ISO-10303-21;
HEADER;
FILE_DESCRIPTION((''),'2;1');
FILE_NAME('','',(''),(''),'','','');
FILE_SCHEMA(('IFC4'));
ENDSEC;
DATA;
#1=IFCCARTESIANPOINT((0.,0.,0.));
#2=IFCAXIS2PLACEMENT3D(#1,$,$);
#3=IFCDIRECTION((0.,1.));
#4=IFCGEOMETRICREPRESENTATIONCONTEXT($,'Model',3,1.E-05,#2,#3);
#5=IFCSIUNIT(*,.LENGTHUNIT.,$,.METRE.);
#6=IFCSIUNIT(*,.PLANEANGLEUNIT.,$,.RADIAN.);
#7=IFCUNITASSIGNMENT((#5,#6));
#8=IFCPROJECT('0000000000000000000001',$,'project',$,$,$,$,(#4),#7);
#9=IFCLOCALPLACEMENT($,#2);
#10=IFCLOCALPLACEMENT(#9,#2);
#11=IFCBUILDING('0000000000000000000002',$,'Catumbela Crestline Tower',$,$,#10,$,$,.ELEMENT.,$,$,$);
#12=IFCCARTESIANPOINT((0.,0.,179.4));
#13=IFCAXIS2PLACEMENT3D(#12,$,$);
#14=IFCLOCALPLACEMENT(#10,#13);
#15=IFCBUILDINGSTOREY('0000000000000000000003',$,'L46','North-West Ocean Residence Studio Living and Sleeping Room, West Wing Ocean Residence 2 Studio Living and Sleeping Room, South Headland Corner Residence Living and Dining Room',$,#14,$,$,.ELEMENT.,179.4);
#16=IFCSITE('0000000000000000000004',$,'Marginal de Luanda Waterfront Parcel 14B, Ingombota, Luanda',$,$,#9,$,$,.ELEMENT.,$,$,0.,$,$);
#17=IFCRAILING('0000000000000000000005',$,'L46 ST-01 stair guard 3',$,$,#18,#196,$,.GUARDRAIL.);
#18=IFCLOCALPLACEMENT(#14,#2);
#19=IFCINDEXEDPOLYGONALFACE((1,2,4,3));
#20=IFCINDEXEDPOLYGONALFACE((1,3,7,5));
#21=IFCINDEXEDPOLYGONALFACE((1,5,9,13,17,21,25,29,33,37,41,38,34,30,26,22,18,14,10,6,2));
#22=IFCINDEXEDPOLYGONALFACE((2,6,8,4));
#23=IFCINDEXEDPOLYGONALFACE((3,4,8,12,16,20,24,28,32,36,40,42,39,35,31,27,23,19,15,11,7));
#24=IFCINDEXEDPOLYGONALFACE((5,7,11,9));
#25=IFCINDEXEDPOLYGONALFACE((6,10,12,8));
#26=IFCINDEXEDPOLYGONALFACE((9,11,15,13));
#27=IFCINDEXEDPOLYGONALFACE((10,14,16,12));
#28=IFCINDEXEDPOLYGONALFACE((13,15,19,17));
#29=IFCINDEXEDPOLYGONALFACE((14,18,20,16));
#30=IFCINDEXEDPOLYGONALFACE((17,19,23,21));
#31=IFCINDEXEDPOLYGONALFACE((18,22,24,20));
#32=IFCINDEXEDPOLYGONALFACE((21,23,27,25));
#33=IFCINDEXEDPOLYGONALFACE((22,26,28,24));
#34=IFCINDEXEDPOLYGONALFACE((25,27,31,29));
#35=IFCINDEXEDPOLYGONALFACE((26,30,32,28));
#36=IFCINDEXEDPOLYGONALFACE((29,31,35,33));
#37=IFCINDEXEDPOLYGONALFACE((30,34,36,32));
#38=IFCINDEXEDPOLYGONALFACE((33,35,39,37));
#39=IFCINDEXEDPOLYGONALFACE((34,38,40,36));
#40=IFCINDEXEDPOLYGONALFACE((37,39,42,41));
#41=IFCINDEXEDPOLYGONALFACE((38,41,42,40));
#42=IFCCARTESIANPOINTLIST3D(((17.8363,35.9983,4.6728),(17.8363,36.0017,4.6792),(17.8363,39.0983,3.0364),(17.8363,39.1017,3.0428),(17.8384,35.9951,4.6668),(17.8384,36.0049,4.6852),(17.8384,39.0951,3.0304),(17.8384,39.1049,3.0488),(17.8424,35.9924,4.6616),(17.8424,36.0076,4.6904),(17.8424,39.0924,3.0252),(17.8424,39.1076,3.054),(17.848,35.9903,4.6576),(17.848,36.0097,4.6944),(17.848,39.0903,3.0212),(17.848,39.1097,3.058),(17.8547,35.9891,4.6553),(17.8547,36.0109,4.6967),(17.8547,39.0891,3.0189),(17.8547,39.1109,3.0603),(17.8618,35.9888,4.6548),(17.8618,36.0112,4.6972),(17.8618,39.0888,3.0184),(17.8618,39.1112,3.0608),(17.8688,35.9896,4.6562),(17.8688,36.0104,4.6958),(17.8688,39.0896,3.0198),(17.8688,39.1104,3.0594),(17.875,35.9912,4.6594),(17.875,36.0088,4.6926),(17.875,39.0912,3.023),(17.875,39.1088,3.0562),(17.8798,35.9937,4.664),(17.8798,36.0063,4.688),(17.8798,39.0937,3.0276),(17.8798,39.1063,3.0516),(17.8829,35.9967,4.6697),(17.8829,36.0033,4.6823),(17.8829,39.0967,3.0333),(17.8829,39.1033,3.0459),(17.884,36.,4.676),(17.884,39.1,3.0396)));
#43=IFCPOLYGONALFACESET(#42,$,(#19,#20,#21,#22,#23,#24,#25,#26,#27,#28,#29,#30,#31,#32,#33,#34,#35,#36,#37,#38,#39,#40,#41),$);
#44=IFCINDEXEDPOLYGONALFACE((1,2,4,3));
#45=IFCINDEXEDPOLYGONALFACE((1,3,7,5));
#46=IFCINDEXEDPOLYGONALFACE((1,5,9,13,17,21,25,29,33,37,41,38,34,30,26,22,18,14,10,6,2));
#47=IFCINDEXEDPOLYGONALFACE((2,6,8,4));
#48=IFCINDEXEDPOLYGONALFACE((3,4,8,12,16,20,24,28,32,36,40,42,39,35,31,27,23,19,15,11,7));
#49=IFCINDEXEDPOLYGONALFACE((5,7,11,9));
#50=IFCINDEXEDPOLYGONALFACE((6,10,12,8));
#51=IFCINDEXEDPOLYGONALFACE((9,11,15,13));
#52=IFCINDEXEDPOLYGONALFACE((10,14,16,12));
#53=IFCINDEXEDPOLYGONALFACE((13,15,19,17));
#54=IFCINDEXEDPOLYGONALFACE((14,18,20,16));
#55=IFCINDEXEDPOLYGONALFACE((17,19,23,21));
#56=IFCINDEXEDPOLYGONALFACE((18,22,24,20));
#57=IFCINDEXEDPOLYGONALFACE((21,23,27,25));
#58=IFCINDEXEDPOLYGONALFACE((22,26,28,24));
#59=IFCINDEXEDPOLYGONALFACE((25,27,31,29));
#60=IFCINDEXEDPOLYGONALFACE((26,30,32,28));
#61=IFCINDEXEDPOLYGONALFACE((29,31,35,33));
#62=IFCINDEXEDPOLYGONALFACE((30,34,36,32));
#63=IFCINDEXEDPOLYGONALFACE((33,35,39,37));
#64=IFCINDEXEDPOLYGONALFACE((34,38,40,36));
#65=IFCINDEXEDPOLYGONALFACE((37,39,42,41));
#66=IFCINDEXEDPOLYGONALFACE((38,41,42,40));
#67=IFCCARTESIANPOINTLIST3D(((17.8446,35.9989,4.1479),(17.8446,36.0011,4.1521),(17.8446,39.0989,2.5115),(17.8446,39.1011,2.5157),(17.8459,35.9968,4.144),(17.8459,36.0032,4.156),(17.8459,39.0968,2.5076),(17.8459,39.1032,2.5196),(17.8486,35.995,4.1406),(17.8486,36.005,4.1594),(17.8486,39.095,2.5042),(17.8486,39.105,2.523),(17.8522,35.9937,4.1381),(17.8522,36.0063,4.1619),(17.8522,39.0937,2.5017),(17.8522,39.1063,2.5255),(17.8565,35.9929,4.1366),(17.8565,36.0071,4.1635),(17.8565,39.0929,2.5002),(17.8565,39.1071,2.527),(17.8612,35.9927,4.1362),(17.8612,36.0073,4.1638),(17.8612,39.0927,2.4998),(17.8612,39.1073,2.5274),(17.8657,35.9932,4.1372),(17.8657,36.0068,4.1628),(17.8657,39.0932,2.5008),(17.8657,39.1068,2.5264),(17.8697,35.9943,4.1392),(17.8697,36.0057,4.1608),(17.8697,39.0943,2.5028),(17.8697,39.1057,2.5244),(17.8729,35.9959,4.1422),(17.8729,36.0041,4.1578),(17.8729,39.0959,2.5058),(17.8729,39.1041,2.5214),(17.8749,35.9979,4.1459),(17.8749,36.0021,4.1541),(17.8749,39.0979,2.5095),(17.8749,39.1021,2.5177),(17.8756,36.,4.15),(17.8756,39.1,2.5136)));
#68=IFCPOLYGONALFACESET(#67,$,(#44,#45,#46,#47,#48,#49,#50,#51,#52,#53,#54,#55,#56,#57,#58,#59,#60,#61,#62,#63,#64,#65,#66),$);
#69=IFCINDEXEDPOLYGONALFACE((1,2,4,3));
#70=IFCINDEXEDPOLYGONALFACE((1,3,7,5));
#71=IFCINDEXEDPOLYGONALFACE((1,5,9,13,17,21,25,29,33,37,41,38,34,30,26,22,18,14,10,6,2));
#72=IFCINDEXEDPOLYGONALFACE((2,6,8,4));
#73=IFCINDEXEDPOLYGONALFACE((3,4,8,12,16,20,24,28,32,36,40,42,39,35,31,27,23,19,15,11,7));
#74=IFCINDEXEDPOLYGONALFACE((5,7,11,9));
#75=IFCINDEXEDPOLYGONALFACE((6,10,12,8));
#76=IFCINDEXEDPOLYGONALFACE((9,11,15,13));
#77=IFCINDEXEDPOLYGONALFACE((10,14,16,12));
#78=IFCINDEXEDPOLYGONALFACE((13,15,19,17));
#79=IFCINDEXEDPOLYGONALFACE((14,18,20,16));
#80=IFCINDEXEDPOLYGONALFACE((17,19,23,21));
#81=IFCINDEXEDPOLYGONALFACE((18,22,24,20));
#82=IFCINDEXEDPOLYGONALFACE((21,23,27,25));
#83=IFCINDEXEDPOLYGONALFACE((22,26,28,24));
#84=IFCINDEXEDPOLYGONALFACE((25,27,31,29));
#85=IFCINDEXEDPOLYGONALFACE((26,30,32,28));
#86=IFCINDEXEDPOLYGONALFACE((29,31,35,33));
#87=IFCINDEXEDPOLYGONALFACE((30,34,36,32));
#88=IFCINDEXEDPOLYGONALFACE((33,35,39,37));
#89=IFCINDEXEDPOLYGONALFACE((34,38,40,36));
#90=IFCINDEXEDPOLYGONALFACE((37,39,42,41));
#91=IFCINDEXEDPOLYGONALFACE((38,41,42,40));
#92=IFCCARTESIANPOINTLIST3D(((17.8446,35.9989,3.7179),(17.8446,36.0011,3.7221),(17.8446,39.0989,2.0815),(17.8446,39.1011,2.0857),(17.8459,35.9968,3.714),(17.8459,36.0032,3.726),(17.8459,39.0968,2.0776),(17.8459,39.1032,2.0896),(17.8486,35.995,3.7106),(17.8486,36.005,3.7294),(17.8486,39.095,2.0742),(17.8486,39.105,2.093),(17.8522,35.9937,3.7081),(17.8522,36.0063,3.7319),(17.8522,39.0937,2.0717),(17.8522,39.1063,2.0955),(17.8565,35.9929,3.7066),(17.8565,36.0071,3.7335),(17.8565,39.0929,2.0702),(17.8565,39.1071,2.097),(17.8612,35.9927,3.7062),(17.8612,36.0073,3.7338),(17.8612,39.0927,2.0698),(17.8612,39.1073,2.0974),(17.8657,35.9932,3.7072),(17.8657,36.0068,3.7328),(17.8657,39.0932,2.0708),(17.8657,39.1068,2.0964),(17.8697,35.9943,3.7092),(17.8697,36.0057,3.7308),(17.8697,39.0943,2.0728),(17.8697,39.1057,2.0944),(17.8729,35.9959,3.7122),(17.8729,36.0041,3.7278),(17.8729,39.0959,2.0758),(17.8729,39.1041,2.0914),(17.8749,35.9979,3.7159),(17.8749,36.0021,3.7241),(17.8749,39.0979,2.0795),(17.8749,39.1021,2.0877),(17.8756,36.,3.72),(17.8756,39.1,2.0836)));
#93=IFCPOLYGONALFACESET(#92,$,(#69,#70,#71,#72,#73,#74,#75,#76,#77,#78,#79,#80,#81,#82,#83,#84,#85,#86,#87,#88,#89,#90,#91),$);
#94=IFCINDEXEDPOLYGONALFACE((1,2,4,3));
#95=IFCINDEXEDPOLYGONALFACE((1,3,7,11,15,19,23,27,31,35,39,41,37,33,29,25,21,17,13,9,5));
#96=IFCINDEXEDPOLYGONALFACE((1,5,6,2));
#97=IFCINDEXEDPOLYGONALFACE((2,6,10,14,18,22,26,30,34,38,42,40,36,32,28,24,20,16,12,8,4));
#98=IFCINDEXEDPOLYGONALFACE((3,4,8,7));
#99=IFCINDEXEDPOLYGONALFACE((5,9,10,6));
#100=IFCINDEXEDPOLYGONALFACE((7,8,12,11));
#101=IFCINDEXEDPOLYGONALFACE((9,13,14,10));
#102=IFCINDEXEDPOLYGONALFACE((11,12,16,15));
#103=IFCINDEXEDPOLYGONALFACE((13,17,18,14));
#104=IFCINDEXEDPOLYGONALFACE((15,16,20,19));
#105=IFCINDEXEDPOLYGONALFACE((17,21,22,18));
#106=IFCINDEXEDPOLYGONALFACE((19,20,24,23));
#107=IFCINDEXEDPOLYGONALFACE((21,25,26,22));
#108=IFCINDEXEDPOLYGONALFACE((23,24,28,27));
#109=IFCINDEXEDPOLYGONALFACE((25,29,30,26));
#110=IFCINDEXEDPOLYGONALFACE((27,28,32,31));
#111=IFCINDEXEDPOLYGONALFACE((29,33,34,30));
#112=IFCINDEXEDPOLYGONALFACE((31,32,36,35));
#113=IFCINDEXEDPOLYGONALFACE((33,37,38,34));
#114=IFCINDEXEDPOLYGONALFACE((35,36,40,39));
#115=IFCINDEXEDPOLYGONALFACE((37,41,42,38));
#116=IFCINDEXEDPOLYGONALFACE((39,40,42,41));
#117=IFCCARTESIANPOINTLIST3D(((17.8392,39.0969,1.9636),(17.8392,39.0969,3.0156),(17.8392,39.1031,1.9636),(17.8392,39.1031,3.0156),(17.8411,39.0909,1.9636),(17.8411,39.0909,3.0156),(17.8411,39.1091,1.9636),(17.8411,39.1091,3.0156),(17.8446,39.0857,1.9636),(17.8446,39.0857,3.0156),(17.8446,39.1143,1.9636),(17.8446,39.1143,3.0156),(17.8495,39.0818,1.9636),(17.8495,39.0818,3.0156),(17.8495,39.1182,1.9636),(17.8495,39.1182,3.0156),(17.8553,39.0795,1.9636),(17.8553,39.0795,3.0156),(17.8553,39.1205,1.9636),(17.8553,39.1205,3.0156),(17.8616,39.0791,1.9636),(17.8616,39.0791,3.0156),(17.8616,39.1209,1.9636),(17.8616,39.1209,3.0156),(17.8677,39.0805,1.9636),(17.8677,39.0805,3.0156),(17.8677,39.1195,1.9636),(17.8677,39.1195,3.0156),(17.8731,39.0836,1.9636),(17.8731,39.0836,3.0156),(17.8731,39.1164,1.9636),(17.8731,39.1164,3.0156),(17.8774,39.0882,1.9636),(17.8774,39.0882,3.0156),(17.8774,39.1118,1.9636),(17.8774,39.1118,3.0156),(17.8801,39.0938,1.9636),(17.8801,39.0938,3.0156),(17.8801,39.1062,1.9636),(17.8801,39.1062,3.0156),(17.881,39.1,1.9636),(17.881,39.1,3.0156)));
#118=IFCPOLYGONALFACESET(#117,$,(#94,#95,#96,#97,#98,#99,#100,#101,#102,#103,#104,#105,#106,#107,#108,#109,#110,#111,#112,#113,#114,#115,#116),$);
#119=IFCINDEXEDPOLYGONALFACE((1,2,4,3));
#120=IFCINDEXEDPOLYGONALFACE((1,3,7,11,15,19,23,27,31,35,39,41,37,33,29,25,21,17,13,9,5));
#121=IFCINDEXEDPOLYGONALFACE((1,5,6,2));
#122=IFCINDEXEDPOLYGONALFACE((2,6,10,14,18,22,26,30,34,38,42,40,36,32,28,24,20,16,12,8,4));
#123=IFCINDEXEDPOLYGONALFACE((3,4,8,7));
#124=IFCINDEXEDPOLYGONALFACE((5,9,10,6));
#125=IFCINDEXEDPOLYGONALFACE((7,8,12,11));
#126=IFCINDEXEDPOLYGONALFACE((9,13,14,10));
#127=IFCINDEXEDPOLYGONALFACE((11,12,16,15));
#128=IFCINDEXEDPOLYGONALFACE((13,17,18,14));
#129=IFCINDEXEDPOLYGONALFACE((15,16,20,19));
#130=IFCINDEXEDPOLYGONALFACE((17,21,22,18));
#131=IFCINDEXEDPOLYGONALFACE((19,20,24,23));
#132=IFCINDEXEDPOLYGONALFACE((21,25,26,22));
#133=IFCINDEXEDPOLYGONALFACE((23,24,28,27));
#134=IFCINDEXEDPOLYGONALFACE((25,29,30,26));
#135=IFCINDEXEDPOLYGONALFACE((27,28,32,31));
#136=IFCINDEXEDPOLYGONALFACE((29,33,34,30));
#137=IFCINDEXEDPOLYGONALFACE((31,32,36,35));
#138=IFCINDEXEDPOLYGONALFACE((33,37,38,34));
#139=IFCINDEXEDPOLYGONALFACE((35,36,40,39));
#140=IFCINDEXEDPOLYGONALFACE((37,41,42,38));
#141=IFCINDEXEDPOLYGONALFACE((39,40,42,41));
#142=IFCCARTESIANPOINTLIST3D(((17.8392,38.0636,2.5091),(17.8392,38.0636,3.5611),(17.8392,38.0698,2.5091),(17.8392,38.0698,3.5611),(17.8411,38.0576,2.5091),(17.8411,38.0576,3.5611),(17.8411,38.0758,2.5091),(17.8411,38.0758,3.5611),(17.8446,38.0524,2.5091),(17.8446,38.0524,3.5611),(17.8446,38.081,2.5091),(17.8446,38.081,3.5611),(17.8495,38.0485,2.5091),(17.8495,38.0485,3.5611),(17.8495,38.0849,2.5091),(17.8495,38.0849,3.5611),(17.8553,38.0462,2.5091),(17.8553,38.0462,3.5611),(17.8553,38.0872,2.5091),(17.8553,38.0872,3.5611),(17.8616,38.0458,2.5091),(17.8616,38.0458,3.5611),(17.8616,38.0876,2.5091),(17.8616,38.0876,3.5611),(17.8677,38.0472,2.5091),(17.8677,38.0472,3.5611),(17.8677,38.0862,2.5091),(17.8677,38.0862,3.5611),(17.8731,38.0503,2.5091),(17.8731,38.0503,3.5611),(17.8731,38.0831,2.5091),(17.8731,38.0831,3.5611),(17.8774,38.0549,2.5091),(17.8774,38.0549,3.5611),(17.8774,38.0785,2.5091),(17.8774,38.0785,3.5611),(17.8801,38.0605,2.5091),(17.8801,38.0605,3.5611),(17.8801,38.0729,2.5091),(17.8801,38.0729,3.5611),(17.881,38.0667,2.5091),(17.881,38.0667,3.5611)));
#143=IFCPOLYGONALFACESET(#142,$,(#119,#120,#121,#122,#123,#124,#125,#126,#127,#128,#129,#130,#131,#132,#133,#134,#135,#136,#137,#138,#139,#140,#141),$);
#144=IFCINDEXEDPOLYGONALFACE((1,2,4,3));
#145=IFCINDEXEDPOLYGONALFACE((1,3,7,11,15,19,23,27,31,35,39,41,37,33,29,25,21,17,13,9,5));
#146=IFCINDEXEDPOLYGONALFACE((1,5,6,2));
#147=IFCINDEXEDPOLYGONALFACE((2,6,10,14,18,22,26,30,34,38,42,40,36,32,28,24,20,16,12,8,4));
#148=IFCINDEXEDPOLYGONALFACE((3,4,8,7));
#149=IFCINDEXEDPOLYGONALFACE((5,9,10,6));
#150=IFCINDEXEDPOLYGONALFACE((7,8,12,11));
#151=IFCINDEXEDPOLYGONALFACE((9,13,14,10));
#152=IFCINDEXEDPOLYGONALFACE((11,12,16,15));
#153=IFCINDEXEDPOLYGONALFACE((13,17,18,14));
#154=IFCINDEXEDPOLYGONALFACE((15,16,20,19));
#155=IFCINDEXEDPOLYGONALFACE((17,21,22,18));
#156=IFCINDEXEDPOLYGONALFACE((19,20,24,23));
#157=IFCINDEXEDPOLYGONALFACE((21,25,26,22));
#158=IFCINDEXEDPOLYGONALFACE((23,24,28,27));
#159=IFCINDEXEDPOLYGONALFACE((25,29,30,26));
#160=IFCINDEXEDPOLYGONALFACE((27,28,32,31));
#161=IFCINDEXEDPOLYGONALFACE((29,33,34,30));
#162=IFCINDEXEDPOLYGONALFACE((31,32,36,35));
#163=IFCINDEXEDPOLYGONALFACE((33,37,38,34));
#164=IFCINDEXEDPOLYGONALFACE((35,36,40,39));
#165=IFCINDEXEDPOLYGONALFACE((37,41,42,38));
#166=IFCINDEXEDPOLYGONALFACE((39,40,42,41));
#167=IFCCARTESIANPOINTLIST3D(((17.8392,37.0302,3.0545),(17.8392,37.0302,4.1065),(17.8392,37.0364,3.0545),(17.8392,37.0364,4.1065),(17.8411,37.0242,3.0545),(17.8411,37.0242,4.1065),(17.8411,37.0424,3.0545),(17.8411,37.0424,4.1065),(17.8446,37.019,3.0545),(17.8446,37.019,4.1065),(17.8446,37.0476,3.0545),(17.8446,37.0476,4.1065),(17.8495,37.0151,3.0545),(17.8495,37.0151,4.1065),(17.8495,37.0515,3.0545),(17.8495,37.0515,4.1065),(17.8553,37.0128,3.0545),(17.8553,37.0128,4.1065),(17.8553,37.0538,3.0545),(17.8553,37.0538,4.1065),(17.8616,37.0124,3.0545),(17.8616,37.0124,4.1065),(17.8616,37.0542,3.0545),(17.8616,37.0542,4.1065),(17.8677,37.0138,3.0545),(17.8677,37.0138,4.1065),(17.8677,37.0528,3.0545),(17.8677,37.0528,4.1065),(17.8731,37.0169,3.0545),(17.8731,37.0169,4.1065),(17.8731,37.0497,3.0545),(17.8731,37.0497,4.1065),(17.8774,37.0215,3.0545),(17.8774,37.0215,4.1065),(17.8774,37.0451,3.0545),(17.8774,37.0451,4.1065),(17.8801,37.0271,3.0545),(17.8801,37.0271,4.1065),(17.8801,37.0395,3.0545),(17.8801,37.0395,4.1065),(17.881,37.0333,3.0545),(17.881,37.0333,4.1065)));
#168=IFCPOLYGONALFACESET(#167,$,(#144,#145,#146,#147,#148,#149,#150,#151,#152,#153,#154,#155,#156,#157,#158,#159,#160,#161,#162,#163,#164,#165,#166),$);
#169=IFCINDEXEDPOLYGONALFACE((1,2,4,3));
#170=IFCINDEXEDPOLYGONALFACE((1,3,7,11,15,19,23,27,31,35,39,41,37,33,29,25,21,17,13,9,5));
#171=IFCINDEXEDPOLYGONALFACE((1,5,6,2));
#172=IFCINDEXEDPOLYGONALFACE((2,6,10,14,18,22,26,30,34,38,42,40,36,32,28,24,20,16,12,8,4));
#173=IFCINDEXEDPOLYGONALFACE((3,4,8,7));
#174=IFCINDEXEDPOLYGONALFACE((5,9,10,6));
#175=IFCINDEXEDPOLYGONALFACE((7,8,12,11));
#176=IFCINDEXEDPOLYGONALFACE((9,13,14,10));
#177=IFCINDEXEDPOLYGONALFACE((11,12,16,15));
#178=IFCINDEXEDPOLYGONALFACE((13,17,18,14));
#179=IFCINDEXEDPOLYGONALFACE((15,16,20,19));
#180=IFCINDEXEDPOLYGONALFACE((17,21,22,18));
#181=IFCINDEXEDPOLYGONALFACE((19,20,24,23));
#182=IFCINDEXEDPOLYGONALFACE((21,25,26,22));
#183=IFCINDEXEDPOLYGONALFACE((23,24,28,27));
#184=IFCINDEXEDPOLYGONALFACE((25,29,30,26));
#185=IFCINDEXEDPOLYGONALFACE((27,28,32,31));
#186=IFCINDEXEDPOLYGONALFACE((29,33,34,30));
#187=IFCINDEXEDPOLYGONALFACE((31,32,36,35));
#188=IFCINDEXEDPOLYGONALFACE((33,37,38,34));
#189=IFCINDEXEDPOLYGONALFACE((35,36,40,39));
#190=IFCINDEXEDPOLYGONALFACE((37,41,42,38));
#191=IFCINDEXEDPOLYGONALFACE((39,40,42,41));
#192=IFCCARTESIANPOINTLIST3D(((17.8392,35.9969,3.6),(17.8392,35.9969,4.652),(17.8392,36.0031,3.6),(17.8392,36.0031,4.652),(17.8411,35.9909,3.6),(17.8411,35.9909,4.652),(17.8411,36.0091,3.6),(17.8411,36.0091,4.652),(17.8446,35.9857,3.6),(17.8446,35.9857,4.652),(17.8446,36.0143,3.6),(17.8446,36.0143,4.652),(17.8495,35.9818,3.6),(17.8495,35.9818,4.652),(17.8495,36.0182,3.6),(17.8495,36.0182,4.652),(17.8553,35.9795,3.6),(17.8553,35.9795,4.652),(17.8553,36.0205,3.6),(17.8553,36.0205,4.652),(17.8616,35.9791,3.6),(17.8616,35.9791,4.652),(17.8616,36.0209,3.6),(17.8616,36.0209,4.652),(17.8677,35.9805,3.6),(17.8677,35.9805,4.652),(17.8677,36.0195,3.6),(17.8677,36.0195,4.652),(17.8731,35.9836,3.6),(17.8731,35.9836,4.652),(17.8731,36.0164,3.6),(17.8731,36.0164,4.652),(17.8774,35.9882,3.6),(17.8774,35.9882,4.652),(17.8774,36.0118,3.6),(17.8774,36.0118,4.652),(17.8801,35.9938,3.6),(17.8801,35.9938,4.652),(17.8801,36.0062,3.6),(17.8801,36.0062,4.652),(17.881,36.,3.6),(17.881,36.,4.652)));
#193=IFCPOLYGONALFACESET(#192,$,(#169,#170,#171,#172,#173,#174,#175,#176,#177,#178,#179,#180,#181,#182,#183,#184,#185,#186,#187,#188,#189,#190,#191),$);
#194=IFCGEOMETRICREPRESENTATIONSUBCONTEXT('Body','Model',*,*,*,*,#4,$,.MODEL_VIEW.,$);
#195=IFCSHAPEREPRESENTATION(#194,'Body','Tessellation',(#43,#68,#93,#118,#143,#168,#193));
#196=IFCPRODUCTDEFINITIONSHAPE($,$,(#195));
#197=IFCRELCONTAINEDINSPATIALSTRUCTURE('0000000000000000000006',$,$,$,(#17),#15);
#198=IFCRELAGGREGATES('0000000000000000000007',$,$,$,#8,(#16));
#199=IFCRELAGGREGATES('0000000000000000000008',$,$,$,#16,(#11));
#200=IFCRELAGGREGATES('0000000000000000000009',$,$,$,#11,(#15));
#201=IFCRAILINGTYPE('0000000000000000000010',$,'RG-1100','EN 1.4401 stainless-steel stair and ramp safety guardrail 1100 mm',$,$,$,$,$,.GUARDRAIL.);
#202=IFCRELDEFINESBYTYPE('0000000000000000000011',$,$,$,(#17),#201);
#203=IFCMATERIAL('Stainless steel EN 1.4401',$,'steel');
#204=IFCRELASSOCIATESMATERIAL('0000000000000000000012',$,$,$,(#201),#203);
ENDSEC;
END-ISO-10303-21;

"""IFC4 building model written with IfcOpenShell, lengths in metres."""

from ifc_helpers import new_model, si_unit, direction, frame, origin, origin_2d, place, context, subcontext, project, spatial, circle, extrude, material, type_object, element, save


model = new_model("IFC4")

# Units and contexts
model_context = context("Model", 3, precision=1e-05, world=origin(), true_north=direction((0.0, 1.0)))
body_context = subcontext(model_context, "Body", "Model", "MODEL_VIEW")
ifc_project = project(units=[si_unit("LENGTHUNIT", "METRE"), si_unit("PLANEANGLEUNIT", "RADIAN")], contexts=[model_context])

# Site, building, storey
site_placement = place(None, origin())
site = spatial("IfcSite", under=ifc_project, at=site_placement, Name="Marginal de Luanda Waterfront Parcel 14B, Ingombota, Luanda", CompositionType="ELEMENT", RefElevation=0.0)
building_placement = place(site_placement, origin())
building = spatial("IfcBuilding", under=site, at=building_placement, Name="Catumbela Crestline Tower", CompositionType="ELEMENT")
storey_placement = place(building_placement, frame((0.0, 0.0, 179.4)))
storey = spatial("IfcBuildingStorey", under=building, at=storey_placement, Name="L46", Description="North-West Ocean Residence Studio Living and Sleeping Room, West Wing Ocean Residence 2 Studio Living and Sleeping Room, South Headland Corner Residence Living and Dining Room", CompositionType="ELEMENT", Elevation=179.4)

# Shared definitions
ifc_material_1 = material(Name="Stainless steel EN 1.4401", Category="steel")

# Railing
railing_type_1 = type_object("IfcRailingType", Name="RG-1100", Description="EN 1.4401 stainless-steel stair and ramp safety guardrail 1100 mm", PredefinedType="GUARDRAIL", material=ifc_material_1)
railing_1_placement = place(storey_placement, frame((17.86, 39.1, 1.9636)))
element("IfcRailing", 1, at=railing_1_placement, inside=storey, type_object=railing_type_1, Name="L46 ST-01 stair guard 3", PredefinedType="GUARDRAIL", context=body_context, shape_type="SweptSolid", body=[
    extrude(circle(Radius=0.024, at=origin_2d()), frame((0.0, 0.0, 1.076), z_axis=(0.0, -0.884351, 0.466823), x_axis=(1.0, 0.0, 0.0)), (0.0, 0.0, 1.0), 3.5054),
    extrude(circle(Radius=0.0156, at=origin_2d()), frame((0.0, 0.0, 0.55), z_axis=(0.0, -0.884351, 0.466823), x_axis=(1.0, 0.0, 0.0)), (0.0, 0.0, 1.0), 3.5054),
    extrude(circle(Radius=0.0156, at=origin_2d()), frame((0.0, 0.0, 0.12), z_axis=(0.0, -0.884351, 0.466823), x_axis=(1.0, 0.0, 0.0)), (0.0, 0.0, 1.0), 3.5054),
    extrude(circle(Radius=0.021, at=origin_2d()), origin(), (0.0, 0.0, 1.0), 1.052),
    extrude(circle(Radius=0.021, at=origin_2d()), frame((0.0, -1.0333, 0.5455)), (0.0, 0.0, 1.0), 1.052),
    extrude(circle(Radius=0.021, at=origin_2d()), frame((0.0, -2.0667, 1.0909)), (0.0, 0.0, 1.0), 1.052),
    extrude(circle(Radius=0.021, at=origin_2d()), frame((0.0, -3.1, 1.6364)), (0.0, 0.0, 1.0), 1.052),
])

save(model, "model.ifc")
